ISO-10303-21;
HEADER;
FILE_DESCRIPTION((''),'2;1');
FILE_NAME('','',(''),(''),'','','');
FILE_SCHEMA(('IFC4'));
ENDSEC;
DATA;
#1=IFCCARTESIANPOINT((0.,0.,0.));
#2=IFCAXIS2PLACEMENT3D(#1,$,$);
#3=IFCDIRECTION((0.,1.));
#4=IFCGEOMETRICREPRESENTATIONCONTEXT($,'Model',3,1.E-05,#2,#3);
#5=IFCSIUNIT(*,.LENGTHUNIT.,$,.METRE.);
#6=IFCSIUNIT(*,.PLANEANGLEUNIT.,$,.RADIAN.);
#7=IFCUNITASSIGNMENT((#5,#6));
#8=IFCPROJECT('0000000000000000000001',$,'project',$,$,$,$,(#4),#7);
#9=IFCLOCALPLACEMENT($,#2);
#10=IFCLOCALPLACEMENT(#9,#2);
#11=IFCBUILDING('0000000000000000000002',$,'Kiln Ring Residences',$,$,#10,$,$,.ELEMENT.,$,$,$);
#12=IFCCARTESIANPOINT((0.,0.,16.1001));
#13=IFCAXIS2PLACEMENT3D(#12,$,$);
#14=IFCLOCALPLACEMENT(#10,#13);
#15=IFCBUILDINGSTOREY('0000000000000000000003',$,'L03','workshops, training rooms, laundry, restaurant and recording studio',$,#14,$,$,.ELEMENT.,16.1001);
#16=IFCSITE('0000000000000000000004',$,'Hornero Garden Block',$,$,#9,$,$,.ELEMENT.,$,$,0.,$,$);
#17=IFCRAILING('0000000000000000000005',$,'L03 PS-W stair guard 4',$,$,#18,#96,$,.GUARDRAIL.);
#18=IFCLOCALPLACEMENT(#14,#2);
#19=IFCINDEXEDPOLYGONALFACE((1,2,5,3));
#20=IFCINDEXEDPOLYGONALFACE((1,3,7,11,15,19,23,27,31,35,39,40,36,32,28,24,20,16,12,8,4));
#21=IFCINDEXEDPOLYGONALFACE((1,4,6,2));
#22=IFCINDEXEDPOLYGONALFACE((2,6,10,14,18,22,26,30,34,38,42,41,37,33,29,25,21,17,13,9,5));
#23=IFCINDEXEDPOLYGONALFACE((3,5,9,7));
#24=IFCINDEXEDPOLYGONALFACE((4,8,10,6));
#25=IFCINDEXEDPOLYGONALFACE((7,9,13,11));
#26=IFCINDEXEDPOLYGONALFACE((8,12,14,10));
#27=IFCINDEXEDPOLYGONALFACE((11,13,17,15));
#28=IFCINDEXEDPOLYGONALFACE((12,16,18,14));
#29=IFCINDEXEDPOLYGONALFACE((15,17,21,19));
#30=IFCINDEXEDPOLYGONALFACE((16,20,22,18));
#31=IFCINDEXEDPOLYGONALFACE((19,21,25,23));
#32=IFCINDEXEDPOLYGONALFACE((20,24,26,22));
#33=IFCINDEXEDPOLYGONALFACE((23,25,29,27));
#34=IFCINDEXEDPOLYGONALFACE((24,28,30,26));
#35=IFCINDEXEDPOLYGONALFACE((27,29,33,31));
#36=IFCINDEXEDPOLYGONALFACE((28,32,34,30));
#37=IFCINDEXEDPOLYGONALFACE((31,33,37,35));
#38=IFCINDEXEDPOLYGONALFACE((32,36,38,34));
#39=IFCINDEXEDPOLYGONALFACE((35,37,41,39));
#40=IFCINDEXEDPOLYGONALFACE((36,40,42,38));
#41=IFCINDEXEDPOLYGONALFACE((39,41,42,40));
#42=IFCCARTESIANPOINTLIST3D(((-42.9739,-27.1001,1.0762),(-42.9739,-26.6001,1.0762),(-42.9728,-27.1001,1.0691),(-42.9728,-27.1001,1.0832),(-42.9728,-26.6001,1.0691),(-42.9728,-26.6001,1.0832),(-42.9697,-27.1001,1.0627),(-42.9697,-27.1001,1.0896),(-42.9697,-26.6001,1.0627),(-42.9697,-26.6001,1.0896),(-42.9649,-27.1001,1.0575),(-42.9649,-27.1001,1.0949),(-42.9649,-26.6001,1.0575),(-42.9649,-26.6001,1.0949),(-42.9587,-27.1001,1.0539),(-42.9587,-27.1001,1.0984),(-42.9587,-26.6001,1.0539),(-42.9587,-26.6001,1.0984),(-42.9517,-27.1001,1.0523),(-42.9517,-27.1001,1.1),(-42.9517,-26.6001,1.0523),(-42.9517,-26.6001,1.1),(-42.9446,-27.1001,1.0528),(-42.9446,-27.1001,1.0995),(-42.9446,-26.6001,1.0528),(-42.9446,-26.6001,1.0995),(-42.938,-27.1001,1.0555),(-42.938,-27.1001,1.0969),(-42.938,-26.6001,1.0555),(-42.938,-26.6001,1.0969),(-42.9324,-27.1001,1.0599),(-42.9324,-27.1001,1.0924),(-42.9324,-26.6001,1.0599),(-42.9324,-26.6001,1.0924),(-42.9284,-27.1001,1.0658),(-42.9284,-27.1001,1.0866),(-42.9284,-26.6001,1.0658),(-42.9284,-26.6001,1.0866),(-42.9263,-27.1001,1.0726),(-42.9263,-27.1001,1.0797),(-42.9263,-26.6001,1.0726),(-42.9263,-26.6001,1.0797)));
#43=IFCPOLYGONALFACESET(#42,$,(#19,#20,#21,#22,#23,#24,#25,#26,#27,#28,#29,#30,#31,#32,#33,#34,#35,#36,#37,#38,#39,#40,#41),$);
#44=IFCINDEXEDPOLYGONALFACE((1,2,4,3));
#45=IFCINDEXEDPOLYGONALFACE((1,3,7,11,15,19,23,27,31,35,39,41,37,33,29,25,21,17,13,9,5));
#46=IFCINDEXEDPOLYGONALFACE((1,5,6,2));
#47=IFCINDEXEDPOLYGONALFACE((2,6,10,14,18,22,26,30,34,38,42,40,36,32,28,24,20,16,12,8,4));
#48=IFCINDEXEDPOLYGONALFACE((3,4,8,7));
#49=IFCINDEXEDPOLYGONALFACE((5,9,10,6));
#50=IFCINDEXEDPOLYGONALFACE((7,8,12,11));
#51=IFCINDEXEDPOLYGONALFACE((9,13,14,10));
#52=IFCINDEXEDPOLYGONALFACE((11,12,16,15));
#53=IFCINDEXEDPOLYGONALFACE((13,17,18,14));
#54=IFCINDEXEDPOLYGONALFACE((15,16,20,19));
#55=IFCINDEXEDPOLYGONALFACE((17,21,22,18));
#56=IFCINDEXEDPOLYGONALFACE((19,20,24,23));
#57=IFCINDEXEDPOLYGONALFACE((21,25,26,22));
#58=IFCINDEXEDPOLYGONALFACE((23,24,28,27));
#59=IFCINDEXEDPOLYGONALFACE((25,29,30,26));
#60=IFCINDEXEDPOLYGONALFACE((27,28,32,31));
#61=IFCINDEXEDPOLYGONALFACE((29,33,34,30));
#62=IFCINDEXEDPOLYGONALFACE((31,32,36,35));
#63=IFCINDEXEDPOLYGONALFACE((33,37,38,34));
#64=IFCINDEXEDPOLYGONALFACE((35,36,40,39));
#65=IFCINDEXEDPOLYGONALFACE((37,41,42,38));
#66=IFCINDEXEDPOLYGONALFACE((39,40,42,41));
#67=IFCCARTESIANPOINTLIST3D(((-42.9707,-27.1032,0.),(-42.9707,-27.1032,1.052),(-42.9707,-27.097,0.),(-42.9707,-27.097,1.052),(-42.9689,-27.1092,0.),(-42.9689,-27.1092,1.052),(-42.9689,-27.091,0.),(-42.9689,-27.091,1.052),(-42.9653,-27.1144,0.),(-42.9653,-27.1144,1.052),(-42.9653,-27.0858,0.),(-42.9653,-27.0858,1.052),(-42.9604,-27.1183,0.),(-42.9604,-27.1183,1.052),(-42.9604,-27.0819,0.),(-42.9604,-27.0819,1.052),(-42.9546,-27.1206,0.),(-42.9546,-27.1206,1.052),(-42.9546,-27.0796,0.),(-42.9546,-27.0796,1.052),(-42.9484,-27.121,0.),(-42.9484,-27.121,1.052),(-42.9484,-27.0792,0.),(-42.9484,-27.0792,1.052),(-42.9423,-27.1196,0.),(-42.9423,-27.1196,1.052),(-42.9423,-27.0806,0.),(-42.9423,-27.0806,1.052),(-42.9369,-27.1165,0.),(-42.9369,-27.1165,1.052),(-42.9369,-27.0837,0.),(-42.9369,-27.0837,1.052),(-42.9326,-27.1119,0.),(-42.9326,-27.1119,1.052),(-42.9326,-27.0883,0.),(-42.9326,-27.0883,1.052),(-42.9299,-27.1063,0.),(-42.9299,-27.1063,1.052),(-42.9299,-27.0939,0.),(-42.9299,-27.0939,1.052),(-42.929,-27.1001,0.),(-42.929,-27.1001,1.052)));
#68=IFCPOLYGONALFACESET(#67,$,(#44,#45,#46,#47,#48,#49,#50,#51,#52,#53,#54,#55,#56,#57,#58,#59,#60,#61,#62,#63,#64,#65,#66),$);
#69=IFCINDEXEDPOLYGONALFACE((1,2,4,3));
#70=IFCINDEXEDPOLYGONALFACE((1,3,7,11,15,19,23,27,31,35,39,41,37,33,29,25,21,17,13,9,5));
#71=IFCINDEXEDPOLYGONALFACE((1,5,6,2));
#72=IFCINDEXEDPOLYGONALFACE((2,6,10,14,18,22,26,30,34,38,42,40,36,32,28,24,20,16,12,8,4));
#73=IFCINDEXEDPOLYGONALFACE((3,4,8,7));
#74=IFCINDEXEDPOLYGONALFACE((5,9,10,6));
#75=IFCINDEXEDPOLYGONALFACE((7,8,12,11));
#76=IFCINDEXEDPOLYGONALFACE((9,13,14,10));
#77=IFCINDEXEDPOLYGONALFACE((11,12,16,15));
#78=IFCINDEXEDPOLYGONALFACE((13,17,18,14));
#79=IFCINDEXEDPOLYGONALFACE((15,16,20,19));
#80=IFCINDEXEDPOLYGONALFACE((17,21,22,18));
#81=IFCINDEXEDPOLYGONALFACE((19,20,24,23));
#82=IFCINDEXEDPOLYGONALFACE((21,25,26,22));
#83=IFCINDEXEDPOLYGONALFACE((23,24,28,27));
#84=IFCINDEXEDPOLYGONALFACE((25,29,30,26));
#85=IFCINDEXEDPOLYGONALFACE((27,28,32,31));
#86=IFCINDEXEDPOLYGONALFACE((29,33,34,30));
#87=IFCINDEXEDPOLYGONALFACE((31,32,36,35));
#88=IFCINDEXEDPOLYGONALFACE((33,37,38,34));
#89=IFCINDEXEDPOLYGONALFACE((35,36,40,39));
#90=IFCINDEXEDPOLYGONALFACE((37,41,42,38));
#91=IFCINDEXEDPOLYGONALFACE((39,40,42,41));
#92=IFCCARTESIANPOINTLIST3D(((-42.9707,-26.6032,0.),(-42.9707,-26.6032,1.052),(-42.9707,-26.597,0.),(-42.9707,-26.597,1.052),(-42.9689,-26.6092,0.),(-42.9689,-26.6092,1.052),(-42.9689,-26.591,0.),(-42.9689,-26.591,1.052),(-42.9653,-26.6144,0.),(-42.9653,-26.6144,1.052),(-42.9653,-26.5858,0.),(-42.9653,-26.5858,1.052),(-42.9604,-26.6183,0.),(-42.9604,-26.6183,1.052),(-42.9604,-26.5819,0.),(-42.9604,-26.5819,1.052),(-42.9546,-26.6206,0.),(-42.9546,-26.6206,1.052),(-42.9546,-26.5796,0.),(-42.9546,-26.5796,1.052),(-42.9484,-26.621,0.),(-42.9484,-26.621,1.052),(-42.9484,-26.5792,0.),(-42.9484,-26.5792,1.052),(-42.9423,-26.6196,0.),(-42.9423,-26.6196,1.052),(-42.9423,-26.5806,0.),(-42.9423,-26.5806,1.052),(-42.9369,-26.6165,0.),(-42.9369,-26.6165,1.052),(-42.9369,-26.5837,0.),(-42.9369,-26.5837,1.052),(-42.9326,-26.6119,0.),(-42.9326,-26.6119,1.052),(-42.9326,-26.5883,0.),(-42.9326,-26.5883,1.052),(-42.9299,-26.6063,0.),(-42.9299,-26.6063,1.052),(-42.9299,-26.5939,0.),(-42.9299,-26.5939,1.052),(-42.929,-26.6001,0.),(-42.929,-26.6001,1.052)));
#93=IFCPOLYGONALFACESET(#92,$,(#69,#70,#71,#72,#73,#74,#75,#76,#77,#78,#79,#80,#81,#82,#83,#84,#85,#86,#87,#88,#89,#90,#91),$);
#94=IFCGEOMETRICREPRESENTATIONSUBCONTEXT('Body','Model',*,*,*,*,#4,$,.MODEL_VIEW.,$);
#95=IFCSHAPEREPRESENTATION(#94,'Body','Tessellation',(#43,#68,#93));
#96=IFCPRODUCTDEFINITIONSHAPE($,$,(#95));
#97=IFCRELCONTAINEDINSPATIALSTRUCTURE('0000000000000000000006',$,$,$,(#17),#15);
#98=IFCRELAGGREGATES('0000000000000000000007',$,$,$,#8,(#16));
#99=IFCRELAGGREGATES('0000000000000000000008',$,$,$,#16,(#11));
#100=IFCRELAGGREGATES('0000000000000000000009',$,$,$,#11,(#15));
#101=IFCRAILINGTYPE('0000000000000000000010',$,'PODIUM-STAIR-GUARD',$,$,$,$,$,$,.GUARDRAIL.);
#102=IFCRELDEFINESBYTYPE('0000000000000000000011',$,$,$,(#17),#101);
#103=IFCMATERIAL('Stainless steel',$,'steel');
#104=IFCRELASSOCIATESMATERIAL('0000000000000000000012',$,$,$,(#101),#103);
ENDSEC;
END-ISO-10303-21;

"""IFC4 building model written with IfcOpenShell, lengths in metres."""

from ifc_helpers import new_model, si_unit, direction, frame, origin, origin_2d, place, context, subcontext, project, spatial, circle, extrude, material, type_object, element, save


model = new_model("IFC4")

# Units and contexts
model_context = context("Model", 3, precision=1e-05, world=origin(), true_north=direction((0.0, 1.0)))
body_context = subcontext(model_context, "Body", "Model", "MODEL_VIEW")
ifc_project = project(units=[si_unit("LENGTHUNIT", "METRE"), si_unit("PLANEANGLEUNIT", "RADIAN")], contexts=[model_context])

# Site, building, storey
site_placement = place(None, origin())
site = spatial("IfcSite", under=ifc_project, at=site_placement, Name="Hornero Garden Block", CompositionType="ELEMENT", RefElevation=0.0)
building_placement = place(site_placement, origin())
building = spatial("IfcBuilding", under=site, at=building_placement, Name="Kiln Ring Residences", CompositionType="ELEMENT")
storey_placement = place(building_placement, frame((0.0, 0.0, 16.1001)))
storey = spatial("IfcBuildingStorey", under=building, at=storey_placement, Name="L03", Description="workshops, training rooms, laundry, restaurant and recording studio", CompositionType="ELEMENT", Elevation=16.1001)

# Railing
ifc_material_1 = material(Name="Stainless steel", Category="steel")
railing_type_1 = type_object("IfcRailingType", Name="PODIUM-STAIR-GUARD", PredefinedType="GUARDRAIL", material=ifc_material_1)
railing_1_placement = place(storey_placement, frame((-42.95, -27.1001, 0.0)))
element("IfcRailing", 1, at=railing_1_placement, inside=storey, type_object=railing_type_1, Name="L03 PS-W stair guard 4", PredefinedType="GUARDRAIL", context=body_context, shape_type="SweptSolid", body=[
    extrude(circle(Radius=0.0239, at=origin_2d()), frame((0.0, 0.0, 1.0762), z_axis=(0.0, 1.0, 0.0), x_axis=(-1.0, 0.0, 0.0)), (0.0, 0.0, 1.0), 0.5),
    extrude(circle(Radius=0.021, at=origin_2d()), origin(), (0.0, 0.0, 1.0), 1.052),
    extrude(circle(Radius=0.021, at=origin_2d()), frame((0.0, 0.5, 0.0)), (0.0, 0.0, 1.0), 1.052),
])

save(model, "model.ifc")
